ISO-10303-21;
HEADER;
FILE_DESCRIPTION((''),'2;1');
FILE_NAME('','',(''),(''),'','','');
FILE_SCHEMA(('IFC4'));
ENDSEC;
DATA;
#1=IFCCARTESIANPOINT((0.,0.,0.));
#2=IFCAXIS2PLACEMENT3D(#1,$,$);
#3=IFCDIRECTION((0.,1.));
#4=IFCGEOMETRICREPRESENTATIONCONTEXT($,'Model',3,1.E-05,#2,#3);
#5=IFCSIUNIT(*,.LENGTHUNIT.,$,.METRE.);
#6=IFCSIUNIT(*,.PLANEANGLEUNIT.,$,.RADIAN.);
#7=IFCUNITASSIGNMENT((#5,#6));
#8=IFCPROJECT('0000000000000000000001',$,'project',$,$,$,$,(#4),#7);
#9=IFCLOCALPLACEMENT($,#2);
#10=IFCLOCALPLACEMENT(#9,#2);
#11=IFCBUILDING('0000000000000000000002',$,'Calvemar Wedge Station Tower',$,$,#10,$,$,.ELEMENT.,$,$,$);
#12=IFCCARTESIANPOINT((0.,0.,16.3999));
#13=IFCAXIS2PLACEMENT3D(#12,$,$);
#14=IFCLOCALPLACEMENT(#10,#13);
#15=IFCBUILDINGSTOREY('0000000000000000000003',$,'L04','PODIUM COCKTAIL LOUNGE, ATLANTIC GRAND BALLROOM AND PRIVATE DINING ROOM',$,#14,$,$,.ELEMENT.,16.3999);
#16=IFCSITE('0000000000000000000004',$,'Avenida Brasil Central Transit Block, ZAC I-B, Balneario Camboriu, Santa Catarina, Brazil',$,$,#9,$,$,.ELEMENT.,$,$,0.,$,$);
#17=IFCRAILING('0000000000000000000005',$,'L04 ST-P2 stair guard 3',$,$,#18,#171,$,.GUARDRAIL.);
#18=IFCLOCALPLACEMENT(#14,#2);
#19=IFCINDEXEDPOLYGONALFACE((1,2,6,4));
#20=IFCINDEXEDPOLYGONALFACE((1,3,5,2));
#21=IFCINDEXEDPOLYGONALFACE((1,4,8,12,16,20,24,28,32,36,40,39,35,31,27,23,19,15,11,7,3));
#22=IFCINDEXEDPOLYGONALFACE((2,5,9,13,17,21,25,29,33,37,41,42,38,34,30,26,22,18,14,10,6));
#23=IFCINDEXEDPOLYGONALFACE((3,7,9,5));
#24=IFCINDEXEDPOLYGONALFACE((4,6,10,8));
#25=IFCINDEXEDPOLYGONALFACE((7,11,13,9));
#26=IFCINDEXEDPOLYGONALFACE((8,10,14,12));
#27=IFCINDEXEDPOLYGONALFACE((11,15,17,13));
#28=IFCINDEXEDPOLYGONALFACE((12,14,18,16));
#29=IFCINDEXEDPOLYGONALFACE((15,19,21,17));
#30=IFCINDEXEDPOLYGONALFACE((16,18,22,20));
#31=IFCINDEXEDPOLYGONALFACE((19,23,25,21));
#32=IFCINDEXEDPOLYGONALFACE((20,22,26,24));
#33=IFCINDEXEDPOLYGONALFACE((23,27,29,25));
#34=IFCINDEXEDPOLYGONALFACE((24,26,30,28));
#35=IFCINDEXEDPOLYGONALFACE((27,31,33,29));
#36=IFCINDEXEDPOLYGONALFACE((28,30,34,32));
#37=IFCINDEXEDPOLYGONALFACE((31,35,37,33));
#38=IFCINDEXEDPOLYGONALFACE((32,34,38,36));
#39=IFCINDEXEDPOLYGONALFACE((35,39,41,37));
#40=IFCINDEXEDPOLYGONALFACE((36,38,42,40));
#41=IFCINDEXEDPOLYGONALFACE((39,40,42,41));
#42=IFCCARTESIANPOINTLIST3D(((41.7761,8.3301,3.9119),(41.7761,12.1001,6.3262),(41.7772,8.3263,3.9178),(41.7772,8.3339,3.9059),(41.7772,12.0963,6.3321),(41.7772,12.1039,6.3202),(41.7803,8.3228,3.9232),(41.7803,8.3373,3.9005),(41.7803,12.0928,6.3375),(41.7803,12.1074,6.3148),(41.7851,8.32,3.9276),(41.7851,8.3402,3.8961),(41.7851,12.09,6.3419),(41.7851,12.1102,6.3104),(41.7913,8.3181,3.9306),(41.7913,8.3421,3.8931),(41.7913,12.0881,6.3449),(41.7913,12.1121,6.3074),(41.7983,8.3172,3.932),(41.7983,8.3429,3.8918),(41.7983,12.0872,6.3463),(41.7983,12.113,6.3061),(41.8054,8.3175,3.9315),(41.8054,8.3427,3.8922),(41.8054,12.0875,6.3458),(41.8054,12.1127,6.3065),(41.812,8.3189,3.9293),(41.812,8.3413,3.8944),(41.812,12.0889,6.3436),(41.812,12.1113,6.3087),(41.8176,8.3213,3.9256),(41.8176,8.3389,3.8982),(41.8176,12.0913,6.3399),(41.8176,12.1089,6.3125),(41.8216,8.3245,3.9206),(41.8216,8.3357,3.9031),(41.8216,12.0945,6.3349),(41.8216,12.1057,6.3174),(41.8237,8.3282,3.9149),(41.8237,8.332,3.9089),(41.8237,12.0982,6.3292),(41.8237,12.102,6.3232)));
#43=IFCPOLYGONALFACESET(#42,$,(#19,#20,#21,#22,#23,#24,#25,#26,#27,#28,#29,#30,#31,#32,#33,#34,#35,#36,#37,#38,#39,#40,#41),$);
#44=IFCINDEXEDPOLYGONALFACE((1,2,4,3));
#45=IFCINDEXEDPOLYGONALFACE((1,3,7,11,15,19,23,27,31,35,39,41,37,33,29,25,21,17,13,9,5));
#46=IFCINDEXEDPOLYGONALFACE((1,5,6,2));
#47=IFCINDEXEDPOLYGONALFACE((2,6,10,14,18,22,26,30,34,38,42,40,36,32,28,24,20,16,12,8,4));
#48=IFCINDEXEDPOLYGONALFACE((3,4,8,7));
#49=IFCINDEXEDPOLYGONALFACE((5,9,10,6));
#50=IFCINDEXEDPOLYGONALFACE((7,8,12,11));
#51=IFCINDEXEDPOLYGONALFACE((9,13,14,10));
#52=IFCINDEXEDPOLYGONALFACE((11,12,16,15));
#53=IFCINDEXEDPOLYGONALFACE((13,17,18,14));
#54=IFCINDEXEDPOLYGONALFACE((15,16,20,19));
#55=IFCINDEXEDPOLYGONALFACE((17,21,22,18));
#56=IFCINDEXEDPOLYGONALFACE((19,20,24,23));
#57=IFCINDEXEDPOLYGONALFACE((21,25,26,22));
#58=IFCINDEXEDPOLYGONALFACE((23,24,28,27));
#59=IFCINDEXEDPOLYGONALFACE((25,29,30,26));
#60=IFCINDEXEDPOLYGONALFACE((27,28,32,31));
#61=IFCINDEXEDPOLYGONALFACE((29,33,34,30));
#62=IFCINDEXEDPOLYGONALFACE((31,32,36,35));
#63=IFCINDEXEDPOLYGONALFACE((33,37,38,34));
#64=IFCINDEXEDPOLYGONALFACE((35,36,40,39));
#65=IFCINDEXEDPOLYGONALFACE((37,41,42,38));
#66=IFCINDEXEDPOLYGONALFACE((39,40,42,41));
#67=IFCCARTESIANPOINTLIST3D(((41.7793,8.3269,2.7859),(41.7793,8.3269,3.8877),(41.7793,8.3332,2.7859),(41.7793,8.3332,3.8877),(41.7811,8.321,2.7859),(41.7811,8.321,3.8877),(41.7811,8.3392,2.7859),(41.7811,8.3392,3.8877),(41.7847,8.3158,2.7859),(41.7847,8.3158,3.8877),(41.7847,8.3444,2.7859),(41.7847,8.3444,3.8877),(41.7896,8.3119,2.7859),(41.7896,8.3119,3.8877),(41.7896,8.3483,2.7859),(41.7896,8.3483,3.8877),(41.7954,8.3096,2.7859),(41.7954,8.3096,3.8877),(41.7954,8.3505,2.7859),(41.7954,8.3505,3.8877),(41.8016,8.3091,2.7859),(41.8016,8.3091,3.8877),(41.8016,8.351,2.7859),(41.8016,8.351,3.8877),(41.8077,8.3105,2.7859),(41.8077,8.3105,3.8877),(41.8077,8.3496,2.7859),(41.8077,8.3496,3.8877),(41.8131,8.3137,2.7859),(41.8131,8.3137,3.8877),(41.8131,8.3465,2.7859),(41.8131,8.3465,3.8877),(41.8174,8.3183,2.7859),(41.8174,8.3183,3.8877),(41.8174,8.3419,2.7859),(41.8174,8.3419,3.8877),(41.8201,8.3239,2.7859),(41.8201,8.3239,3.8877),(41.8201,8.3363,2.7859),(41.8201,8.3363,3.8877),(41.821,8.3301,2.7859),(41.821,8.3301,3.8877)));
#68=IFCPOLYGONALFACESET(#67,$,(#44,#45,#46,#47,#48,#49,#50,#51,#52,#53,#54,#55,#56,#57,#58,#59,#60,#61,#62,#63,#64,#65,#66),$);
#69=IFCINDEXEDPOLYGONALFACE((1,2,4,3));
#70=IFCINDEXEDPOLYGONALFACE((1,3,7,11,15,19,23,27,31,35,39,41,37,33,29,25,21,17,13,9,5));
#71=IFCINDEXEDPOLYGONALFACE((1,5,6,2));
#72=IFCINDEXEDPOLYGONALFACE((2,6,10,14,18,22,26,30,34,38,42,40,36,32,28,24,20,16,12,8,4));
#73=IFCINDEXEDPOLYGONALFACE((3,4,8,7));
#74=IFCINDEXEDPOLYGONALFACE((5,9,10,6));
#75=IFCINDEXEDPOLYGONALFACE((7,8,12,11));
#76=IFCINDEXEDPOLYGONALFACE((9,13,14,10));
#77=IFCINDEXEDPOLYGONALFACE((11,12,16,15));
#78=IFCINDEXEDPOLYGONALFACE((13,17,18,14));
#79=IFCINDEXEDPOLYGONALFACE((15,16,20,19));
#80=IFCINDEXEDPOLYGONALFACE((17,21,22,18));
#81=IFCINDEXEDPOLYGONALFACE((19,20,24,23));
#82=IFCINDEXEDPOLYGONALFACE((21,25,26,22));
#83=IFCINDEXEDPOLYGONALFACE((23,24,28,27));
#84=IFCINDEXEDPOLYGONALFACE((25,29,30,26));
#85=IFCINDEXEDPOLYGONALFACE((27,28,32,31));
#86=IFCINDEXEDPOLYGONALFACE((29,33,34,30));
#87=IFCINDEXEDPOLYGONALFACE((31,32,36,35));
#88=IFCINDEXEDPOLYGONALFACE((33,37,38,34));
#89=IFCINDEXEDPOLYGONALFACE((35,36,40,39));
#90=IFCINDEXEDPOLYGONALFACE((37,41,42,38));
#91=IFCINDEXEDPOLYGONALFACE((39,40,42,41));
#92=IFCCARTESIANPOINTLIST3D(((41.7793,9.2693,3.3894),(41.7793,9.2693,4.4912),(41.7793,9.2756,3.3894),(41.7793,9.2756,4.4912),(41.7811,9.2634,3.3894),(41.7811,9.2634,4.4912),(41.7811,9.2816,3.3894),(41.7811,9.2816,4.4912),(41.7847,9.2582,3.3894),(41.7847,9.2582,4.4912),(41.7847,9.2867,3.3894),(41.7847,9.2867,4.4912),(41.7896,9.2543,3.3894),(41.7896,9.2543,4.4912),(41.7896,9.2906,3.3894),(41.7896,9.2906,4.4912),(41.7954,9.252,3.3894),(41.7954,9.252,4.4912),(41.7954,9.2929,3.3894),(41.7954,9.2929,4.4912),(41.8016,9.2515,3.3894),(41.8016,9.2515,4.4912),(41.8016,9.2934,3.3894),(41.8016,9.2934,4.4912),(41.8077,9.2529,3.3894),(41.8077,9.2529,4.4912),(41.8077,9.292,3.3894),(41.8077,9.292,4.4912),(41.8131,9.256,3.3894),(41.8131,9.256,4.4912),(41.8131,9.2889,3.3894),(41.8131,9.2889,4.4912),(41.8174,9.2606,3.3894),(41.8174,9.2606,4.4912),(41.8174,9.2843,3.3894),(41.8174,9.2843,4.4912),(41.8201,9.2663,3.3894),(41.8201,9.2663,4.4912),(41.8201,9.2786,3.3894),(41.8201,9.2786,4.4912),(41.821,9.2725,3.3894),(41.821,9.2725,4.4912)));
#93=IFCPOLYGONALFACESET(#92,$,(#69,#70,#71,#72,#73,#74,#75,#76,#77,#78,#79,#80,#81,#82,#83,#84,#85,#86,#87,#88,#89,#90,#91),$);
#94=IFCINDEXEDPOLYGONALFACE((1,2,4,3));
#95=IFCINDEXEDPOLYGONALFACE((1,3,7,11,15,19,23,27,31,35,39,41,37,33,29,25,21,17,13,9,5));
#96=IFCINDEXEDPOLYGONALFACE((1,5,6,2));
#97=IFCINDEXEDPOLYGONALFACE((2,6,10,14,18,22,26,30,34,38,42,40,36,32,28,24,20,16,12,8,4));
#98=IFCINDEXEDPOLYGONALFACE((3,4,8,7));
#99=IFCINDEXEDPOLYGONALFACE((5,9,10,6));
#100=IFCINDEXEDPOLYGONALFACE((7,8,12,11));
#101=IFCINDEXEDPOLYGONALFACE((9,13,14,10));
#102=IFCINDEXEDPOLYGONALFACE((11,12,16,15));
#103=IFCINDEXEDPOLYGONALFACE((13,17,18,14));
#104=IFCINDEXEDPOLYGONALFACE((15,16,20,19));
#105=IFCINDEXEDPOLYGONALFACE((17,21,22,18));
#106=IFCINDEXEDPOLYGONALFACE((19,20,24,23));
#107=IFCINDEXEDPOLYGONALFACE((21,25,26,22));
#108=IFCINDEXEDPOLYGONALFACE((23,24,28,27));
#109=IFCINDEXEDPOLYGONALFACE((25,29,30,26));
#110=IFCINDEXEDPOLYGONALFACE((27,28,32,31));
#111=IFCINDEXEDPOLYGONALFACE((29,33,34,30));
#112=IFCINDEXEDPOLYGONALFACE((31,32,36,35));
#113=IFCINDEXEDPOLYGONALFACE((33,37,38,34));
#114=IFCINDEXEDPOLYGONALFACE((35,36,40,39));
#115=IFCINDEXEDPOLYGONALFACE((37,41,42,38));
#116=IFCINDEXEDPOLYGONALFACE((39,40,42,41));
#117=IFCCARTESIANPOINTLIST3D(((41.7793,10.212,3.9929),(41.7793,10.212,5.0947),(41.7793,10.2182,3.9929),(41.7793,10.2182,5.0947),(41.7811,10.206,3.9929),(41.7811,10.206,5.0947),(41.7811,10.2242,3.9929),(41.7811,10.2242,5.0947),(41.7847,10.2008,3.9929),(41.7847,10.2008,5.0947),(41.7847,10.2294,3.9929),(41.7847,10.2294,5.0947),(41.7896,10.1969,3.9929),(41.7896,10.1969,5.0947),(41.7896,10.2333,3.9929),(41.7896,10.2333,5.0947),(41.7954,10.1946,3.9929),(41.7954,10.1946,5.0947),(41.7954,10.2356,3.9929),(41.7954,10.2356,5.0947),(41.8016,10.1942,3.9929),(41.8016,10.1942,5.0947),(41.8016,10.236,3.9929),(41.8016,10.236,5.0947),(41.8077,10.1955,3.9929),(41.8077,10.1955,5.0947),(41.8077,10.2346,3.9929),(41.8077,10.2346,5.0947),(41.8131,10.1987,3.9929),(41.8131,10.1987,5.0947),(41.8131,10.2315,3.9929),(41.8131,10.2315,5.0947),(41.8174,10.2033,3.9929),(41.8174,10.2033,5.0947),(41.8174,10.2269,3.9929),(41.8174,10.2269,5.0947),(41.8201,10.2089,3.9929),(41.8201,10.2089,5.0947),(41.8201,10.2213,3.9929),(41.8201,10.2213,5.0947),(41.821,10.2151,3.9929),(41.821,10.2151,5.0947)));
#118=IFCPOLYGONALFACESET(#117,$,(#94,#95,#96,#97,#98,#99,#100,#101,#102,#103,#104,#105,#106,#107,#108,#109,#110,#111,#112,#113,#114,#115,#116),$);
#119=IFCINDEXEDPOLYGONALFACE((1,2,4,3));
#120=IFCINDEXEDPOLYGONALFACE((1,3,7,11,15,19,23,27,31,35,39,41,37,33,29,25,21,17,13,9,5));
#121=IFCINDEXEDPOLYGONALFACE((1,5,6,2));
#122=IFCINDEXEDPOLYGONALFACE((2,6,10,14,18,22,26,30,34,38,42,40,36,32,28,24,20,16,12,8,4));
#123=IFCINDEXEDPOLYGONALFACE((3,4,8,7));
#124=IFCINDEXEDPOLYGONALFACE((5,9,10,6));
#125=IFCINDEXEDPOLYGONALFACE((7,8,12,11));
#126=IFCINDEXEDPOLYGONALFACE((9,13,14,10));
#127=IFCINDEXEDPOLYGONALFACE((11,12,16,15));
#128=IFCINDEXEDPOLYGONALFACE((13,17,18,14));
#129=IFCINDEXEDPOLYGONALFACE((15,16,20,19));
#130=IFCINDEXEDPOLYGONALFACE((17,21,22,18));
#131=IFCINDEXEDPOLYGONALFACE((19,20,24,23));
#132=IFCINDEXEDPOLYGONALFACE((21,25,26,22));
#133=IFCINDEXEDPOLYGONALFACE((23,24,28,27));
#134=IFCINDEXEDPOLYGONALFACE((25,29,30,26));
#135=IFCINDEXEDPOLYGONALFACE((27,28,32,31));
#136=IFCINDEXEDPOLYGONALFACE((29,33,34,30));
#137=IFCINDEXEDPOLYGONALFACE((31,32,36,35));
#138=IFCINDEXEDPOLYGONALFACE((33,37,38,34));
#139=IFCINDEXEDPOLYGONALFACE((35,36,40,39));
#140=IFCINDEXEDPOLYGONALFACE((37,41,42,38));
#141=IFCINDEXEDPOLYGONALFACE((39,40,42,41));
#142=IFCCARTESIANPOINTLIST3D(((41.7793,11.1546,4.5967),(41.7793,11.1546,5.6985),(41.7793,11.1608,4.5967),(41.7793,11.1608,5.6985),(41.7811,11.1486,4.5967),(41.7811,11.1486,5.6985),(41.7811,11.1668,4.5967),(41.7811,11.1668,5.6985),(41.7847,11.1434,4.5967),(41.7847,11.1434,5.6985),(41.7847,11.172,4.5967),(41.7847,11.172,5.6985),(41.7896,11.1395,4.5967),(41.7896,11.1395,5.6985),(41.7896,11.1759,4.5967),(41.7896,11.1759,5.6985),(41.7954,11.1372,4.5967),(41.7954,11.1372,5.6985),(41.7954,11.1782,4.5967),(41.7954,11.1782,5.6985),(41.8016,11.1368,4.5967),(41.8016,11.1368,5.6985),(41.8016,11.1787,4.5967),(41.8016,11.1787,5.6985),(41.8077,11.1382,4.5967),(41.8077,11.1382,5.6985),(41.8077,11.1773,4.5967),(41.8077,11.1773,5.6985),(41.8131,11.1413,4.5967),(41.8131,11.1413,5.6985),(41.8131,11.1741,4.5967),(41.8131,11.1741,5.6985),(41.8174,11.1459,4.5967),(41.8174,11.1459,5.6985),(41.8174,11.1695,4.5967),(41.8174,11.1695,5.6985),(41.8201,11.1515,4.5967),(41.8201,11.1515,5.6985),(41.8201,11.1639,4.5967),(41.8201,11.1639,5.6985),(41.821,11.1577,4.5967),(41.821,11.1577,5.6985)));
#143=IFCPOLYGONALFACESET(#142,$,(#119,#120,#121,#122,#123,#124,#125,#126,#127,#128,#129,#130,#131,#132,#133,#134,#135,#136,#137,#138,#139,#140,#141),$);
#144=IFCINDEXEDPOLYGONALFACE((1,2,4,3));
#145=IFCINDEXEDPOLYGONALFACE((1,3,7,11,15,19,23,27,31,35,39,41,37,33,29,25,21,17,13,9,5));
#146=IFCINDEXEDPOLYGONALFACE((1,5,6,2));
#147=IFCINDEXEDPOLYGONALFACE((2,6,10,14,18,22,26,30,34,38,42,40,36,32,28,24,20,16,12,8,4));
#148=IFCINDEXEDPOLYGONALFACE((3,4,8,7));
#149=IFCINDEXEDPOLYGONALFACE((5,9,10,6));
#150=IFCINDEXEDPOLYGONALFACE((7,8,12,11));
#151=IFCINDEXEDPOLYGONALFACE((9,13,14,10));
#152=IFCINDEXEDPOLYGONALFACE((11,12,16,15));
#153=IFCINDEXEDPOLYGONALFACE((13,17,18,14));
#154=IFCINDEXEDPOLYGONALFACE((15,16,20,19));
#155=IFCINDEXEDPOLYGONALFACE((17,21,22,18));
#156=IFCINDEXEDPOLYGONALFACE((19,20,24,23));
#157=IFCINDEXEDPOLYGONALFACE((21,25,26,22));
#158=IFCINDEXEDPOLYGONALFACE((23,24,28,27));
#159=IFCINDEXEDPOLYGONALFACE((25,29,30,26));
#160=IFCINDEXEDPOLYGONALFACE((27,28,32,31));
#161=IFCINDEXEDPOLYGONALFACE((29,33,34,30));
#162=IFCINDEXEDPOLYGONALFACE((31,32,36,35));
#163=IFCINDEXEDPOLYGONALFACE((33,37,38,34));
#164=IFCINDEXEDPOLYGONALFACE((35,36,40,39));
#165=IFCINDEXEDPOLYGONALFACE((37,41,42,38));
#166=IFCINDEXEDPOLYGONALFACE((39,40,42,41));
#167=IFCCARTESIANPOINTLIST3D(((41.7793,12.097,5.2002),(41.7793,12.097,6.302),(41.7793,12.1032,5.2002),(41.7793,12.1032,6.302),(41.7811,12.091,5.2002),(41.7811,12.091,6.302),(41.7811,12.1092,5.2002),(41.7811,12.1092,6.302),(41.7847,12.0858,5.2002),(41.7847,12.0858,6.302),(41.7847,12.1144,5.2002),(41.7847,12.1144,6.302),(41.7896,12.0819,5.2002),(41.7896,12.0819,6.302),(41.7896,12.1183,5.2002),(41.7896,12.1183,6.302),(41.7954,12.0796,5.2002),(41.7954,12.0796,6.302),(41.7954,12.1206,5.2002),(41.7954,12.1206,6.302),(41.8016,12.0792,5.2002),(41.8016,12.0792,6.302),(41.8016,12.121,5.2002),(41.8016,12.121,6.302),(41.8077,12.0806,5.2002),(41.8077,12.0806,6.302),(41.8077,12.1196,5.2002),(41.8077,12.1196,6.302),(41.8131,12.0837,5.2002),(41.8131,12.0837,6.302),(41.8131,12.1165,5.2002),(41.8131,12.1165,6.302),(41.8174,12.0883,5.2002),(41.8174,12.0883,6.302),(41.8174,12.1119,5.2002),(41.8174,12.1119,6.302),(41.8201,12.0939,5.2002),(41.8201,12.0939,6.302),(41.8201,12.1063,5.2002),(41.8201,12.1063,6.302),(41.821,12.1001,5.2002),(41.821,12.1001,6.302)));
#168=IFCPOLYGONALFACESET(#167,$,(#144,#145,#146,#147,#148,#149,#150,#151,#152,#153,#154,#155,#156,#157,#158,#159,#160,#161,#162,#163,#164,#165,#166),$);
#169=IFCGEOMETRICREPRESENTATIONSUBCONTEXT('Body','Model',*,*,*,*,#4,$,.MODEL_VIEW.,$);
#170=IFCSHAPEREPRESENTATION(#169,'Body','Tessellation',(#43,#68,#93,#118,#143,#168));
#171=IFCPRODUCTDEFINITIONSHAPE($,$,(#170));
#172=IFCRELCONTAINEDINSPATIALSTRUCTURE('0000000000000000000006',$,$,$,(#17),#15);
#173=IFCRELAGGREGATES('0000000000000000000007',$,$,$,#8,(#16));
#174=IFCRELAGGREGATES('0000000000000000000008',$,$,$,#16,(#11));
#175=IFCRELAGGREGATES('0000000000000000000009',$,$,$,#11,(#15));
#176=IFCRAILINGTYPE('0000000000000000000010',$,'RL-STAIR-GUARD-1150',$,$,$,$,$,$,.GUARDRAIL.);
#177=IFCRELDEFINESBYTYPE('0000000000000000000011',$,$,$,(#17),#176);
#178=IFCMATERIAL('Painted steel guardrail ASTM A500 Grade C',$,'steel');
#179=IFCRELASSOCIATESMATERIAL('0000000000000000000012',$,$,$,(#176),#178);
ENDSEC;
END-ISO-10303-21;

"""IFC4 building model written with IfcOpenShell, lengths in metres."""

from ifc_helpers import new_model, si_unit, direction, frame, origin, origin_2d, place, context, subcontext, project, spatial, circle, extrude, material, type_object, element, save


model = new_model("IFC4")

# Units and contexts
model_context = context("Model", 3, precision=1e-05, world=origin(), true_north=direction((0.0, 1.0)))
body_context = subcontext(model_context, "Body", "Model", "MODEL_VIEW")
ifc_project = project(units=[si_unit("LENGTHUNIT", "METRE"), si_unit("PLANEANGLEUNIT", "RADIAN")], contexts=[model_context])

# Site, building, storey
site_placement = place(None, origin())
site = spatial("IfcSite", under=ifc_project, at=site_placement, Name="Avenida Brasil Central Transit Block, ZAC I-B, Balneario Camboriu, Santa Catarina, Brazil", CompositionType="ELEMENT", RefElevation=0.0)
building_placement = place(site_placement, origin())
building = spatial("IfcBuilding", under=site, at=building_placement, Name="Calvemar Wedge Station Tower", CompositionType="ELEMENT")
storey_placement = place(building_placement, frame((0.0, 0.0, 16.3999)))
storey = spatial("IfcBuildingStorey", under=building, at=storey_placement, Name="L04", Description="PODIUM COCKTAIL LOUNGE, ATLANTIC GRAND BALLROOM AND PRIVATE DINING ROOM", CompositionType="ELEMENT", Elevation=16.3999)

# Railing
ifc_material_1 = material(Name="Painted steel guardrail ASTM A500 Grade C", Category="steel")
railing_type_1 = type_object("IfcRailingType", Name="RL-STAIR-GUARD-1150", PredefinedType="GUARDRAIL", material=ifc_material_1)
railing_1_placement = place(storey_placement, frame((41.8, 8.3301, 2.7859)))
element("IfcRailing", 1, at=railing_1_placement, inside=storey, type_object=railing_type_1, Name="L04 ST-P2 stair guard 3", PredefinedType="GUARDRAIL", context=body_context, shape_type="SweptSolid", body=[
    extrude(circle(Radius=0.0239, at=origin_2d()), frame((0.0, 0.0, 1.126), z_axis=(0.0, 0.84212, 0.53929), x_axis=(-1.0, 0.0, 0.0)), (0.0, 0.0, 1.0), 4.4768),
    extrude(circle(Radius=0.021, at=origin_2d()), origin(), (0.0, 0.0, 1.0), 1.1018),
    extrude(circle(Radius=0.021, at=origin_2d()), frame((0.0, 0.9424, 0.6035)), (0.0, 0.0, 1.0), 1.1018),
    extrude(circle(Radius=0.021, at=origin_2d()), frame((0.0, 1.885, 1.207)), (0.0, 0.0, 1.0), 1.1018),
    extrude(circle(Radius=0.021, at=origin_2d()), frame((0.0, 2.8276, 1.8108)), (0.0, 0.0, 1.0), 1.1018),
    extrude(circle(Radius=0.021, at=origin_2d()), frame((0.0, 3.77, 2.4143)), (0.0, 0.0, 1.0), 1.1018),
])

save(model, "model.ifc")
